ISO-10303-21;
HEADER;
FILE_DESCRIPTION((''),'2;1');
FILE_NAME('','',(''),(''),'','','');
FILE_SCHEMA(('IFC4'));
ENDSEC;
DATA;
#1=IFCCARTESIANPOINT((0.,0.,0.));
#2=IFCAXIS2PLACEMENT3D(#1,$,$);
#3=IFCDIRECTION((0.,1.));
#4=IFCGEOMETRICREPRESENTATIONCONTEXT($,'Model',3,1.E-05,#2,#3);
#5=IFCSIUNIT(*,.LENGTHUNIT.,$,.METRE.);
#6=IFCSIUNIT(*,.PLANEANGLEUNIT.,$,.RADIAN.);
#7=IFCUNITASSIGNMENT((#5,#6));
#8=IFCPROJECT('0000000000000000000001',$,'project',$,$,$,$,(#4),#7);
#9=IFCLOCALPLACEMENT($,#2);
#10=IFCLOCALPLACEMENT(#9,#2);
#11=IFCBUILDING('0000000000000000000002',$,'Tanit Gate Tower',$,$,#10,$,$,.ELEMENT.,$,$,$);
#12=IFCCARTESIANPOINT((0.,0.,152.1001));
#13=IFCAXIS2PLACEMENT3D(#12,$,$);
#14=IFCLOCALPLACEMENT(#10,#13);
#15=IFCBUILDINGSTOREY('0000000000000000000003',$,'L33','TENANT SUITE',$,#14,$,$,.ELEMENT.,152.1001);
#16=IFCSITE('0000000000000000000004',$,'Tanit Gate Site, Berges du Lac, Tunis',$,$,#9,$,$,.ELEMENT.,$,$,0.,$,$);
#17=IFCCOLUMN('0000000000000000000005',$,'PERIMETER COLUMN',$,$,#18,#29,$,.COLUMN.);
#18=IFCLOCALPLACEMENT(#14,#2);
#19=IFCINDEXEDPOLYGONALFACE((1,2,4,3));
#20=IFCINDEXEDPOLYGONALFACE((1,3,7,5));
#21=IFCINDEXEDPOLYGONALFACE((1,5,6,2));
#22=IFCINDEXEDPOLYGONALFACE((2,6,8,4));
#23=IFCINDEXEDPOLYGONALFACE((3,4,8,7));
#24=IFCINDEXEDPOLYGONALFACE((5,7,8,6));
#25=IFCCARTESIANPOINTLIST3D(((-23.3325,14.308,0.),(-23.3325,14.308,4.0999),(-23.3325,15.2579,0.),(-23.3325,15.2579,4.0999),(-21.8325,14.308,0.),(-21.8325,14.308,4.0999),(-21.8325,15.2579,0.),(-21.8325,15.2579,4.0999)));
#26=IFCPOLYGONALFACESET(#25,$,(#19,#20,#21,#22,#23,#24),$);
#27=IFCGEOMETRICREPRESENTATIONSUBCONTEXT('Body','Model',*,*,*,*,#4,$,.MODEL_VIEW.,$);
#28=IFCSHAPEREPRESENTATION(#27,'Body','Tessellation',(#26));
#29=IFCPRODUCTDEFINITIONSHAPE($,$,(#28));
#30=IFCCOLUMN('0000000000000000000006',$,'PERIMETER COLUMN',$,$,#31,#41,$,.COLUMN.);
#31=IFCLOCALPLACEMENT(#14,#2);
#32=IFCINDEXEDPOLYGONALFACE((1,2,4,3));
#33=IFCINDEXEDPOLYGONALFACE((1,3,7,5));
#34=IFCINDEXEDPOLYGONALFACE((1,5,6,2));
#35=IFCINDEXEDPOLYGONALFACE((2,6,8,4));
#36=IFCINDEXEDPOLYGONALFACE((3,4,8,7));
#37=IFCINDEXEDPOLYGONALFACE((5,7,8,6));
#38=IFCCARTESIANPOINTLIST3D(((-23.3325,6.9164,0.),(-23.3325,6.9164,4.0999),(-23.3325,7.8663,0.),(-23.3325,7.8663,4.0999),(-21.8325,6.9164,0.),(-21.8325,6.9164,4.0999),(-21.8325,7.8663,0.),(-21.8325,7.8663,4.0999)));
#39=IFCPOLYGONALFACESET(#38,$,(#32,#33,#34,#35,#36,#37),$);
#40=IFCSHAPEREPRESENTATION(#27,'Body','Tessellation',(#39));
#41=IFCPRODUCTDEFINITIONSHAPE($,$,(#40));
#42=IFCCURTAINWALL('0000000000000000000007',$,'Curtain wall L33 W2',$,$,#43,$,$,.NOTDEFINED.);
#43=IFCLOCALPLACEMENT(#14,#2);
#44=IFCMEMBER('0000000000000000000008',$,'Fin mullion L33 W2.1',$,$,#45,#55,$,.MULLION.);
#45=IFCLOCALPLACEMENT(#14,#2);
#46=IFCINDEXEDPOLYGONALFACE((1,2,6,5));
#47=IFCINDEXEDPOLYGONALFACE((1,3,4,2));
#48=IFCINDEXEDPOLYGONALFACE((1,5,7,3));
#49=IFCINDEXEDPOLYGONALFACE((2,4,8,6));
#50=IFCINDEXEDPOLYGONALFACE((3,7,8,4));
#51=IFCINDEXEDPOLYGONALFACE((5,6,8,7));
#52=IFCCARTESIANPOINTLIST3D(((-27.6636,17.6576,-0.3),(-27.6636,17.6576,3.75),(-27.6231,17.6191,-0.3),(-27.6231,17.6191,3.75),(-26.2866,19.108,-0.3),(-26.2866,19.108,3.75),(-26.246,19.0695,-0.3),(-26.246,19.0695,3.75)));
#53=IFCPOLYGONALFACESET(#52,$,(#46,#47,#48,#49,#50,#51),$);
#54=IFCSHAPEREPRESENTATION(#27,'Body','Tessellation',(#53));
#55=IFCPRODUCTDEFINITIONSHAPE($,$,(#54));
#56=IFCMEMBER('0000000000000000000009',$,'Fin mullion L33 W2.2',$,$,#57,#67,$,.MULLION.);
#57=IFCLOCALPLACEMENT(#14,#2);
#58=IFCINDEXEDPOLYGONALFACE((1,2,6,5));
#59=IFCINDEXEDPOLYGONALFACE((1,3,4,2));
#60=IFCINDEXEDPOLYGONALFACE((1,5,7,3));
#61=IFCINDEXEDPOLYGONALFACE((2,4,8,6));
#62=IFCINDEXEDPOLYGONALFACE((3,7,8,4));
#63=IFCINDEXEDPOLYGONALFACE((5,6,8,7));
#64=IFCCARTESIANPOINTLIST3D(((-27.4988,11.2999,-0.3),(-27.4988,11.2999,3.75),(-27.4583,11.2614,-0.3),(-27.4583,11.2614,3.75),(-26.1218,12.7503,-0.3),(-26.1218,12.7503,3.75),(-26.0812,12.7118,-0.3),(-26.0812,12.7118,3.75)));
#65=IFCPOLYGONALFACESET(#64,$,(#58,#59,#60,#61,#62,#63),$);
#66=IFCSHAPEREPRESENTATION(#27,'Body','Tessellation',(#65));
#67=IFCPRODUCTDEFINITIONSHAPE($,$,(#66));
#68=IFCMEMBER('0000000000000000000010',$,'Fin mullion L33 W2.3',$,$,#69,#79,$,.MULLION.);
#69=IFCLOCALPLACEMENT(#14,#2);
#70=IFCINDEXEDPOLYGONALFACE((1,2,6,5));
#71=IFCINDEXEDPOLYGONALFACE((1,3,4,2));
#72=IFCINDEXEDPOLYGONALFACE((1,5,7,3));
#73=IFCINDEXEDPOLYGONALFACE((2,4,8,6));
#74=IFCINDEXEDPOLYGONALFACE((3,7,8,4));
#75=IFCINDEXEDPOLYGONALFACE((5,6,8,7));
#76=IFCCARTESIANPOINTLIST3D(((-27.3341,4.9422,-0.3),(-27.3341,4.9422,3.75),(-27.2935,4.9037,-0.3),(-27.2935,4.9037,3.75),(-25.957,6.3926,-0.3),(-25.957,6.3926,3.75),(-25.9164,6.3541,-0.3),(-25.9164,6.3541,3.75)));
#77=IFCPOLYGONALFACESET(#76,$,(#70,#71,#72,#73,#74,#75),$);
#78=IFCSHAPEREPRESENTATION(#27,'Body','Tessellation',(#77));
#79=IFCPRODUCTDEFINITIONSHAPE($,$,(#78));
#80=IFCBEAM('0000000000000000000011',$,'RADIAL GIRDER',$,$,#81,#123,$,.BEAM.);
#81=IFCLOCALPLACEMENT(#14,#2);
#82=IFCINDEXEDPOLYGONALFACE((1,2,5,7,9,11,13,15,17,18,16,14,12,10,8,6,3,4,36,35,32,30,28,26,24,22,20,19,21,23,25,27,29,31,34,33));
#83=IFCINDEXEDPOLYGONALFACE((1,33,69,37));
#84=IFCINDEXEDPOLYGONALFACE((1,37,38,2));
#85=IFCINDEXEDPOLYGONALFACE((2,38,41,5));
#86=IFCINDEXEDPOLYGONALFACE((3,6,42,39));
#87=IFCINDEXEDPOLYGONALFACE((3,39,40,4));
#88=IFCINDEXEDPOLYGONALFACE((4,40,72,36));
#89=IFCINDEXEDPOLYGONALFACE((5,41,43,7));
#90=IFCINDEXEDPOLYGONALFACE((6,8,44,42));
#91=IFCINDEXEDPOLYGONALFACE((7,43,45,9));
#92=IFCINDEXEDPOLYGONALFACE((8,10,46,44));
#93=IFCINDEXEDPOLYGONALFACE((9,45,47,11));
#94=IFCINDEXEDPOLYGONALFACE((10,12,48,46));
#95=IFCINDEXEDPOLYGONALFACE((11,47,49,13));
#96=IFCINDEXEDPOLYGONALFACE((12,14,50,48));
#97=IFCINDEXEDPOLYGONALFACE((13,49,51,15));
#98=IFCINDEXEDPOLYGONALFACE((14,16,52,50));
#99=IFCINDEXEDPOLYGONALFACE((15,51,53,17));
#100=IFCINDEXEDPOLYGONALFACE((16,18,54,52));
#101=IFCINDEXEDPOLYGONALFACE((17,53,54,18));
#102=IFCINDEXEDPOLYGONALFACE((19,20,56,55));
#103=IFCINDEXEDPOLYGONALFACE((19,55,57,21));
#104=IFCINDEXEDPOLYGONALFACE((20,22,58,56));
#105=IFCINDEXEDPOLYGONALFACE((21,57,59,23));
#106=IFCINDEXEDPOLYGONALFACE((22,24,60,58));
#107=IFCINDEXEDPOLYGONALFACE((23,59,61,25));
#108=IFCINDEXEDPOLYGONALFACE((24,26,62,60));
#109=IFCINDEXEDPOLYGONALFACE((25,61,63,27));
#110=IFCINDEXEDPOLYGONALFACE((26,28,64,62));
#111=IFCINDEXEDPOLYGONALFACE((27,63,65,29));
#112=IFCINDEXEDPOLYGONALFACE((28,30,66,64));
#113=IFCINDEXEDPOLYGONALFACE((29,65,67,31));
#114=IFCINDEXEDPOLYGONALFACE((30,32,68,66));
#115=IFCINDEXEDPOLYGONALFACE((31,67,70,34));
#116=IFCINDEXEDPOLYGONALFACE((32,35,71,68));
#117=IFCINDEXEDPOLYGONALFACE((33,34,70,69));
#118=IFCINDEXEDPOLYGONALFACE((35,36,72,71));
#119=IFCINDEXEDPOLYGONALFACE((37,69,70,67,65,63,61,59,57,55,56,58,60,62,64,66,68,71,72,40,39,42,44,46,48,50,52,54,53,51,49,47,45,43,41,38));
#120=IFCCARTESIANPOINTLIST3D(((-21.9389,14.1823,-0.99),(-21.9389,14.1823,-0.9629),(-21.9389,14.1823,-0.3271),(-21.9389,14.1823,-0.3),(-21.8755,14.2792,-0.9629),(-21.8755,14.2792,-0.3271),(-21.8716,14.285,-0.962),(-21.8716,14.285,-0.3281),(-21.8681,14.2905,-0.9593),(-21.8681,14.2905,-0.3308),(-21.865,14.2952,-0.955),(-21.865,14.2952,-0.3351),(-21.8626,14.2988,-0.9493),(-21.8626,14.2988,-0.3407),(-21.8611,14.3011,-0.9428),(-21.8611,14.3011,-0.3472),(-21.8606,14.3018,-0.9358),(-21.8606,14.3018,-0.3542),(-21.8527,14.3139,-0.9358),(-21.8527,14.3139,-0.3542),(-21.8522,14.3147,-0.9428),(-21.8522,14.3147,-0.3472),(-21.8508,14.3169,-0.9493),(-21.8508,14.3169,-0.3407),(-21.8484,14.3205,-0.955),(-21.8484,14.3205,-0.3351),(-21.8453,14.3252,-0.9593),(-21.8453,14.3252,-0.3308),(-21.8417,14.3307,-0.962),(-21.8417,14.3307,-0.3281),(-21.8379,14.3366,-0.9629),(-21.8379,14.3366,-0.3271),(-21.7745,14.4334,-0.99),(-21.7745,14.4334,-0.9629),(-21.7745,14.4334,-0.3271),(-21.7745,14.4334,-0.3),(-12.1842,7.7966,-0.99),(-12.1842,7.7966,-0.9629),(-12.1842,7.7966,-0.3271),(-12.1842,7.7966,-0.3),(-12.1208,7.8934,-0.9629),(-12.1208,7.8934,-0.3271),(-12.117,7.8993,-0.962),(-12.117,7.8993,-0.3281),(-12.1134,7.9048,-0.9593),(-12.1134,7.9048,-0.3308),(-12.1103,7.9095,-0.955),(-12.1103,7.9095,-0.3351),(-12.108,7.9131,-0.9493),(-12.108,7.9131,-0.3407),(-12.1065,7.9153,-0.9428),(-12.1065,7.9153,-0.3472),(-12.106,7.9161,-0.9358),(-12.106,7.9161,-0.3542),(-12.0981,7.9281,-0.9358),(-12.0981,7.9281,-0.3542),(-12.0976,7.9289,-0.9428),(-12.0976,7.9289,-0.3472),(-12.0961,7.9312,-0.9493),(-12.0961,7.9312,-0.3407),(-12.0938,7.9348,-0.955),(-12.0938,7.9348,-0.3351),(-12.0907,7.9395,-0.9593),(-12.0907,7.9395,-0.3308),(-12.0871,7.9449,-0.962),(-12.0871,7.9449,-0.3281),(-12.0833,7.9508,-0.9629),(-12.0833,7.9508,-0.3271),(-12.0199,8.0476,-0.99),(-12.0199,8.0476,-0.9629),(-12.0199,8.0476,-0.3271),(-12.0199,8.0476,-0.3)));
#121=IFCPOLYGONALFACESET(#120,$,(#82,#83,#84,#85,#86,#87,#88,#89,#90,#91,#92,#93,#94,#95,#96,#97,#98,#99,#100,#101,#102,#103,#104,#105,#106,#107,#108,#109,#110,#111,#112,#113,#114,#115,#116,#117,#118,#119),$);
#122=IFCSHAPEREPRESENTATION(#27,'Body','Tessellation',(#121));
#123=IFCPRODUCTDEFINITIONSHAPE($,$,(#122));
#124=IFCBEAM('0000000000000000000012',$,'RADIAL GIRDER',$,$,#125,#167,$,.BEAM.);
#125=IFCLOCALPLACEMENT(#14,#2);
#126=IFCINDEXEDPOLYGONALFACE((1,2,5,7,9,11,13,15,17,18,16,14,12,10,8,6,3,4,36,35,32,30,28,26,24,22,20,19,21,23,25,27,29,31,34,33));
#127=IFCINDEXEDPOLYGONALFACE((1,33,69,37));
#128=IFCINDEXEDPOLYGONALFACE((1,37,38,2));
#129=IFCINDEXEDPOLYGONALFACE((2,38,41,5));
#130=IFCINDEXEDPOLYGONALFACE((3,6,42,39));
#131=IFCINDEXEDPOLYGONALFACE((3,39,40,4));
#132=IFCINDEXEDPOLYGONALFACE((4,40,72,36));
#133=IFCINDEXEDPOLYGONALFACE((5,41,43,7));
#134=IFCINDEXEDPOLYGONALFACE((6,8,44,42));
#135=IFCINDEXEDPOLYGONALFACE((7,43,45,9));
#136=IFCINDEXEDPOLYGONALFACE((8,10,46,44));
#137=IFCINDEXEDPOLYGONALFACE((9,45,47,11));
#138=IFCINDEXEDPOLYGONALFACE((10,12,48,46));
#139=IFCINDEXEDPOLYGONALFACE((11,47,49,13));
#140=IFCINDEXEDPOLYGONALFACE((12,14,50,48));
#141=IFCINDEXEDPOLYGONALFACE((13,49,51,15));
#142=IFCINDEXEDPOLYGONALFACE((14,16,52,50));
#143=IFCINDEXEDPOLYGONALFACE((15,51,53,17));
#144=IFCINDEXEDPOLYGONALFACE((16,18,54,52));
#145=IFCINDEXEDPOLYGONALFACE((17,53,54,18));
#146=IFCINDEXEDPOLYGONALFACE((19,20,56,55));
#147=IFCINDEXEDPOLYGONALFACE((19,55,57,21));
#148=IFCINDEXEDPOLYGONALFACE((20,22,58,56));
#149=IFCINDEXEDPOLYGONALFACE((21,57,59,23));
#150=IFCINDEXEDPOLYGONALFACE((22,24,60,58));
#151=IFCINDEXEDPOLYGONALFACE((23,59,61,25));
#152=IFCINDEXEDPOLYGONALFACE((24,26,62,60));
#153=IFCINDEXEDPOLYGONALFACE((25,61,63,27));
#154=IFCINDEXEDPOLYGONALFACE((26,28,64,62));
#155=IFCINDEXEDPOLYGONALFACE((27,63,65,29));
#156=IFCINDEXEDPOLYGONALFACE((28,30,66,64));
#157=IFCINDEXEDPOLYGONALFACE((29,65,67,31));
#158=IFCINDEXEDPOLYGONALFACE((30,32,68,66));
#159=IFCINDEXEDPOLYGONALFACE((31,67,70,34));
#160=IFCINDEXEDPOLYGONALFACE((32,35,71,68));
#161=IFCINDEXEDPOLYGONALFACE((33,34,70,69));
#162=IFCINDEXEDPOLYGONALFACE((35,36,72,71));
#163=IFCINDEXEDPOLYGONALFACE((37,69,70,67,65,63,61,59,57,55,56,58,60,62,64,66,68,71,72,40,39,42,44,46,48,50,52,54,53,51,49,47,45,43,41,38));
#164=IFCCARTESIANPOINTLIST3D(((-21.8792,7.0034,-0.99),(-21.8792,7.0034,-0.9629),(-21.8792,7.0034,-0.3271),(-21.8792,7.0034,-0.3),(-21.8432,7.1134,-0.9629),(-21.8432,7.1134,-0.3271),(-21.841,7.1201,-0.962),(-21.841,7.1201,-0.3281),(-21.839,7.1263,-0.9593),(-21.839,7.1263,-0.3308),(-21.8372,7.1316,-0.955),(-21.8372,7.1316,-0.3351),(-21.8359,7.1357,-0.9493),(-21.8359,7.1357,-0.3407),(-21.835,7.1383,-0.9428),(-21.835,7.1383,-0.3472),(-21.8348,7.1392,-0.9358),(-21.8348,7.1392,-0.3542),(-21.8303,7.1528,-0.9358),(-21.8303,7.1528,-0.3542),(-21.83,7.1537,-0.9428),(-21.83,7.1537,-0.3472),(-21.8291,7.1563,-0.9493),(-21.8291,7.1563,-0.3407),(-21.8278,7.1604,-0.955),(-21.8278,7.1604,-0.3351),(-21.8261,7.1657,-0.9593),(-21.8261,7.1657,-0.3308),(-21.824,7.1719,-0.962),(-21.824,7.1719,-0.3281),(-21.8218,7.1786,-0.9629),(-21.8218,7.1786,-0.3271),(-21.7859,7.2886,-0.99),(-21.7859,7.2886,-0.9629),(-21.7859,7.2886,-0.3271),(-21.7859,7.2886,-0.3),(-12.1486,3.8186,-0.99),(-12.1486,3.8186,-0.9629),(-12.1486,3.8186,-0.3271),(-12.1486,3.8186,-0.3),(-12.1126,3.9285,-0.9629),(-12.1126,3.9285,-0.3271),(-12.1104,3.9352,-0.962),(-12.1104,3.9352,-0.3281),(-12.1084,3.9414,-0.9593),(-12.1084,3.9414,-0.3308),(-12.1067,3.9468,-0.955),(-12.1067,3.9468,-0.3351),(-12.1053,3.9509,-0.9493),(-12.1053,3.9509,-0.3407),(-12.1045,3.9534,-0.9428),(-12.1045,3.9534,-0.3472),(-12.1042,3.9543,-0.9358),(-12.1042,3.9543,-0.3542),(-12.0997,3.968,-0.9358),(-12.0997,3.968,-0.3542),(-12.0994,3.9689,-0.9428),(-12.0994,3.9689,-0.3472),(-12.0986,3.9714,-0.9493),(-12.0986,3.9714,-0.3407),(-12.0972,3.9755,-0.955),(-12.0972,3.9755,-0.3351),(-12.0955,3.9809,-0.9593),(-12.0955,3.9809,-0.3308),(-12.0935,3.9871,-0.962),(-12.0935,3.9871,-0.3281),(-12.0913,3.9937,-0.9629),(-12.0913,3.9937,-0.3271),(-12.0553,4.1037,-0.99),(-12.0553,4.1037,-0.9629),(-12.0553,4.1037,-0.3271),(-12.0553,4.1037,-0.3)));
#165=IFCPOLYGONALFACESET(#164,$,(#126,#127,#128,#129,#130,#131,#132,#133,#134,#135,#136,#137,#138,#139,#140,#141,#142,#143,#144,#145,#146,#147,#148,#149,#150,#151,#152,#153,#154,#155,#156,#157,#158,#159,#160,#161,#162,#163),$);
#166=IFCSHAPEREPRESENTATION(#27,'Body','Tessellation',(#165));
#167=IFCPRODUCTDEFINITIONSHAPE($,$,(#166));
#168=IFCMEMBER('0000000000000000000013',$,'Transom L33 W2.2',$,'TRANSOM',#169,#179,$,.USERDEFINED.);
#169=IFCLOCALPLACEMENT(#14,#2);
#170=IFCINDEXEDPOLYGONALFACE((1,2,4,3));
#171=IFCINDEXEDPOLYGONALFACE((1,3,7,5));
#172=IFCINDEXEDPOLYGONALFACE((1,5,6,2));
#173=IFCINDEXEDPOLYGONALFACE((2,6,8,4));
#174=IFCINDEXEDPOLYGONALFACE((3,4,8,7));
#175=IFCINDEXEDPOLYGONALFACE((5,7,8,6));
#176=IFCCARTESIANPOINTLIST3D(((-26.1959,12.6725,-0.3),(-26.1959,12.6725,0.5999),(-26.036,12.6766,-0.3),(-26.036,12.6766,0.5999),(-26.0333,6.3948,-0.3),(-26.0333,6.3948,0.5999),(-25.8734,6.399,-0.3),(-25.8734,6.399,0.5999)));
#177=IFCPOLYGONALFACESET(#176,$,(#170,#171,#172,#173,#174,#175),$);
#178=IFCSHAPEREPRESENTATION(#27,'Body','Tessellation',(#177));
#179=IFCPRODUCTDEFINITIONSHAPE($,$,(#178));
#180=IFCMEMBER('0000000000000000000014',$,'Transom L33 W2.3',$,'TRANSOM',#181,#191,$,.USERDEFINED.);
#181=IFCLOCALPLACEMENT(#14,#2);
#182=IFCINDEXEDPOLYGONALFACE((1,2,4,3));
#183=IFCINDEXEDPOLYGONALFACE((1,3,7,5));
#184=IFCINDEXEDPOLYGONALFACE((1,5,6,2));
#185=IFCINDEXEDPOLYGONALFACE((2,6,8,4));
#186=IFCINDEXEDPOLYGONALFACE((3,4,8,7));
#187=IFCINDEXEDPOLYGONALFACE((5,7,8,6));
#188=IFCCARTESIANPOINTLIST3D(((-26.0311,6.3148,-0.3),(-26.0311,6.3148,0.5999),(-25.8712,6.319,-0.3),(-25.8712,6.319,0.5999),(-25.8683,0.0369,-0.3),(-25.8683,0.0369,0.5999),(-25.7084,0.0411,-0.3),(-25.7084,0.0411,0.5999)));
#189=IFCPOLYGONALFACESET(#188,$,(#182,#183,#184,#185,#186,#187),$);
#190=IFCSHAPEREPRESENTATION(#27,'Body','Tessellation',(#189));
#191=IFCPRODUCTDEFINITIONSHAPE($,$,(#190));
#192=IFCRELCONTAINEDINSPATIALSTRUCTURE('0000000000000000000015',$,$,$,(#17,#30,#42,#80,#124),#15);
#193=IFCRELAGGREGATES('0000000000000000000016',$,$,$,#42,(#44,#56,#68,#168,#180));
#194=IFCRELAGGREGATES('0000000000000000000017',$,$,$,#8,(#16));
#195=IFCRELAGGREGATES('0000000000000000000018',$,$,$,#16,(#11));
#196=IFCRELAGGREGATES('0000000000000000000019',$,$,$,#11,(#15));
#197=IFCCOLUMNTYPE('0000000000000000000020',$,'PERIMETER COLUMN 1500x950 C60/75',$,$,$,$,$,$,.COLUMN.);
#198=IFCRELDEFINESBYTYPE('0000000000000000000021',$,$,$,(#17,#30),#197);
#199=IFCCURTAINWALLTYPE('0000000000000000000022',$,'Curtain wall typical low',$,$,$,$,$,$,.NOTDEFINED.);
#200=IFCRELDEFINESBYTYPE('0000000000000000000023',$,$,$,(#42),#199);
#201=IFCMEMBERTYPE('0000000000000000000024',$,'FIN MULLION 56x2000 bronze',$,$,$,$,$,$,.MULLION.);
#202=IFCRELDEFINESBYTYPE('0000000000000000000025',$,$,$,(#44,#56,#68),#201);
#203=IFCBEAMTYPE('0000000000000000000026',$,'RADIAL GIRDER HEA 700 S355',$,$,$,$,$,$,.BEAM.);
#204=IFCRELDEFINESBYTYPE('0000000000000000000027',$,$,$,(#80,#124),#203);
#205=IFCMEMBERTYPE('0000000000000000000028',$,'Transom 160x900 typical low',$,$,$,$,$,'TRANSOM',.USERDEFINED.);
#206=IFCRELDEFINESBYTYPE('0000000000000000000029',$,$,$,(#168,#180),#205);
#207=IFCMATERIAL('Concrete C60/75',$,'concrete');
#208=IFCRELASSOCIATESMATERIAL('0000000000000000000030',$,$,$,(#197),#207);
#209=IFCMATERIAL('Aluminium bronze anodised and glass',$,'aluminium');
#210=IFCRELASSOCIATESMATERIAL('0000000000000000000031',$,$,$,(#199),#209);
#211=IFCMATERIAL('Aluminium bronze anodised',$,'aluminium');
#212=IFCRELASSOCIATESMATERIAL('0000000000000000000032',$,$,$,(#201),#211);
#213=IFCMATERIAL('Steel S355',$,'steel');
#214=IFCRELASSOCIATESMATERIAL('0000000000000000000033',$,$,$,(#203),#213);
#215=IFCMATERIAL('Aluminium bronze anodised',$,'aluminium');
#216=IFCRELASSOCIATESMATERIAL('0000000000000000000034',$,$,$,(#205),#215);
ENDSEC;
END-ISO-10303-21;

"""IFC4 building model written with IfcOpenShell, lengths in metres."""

from ifc_helpers import new_model, si_unit, direction, frame, origin, origin_2d, place, context, subcontext, project, spatial, rectangle, i_section, extrude, material, material_profile, profile_set, type_object, element, aggregate, save


model = new_model("IFC4")

# Units and contexts
model_context = context("Model", 3, precision=1e-05, world=origin(), true_north=direction((0.0, 1.0)))
body_context = subcontext(model_context, "Body", "Model", "MODEL_VIEW")
ifc_project = project(units=[si_unit("LENGTHUNIT", "METRE"), si_unit("PLANEANGLEUNIT", "RADIAN")], contexts=[model_context])

# Site, building, storey
site_placement = place(None, origin())
site = spatial("IfcSite", under=ifc_project, at=site_placement, Name="Tanit Gate Site, Berges du Lac, Tunis", CompositionType="ELEMENT", RefElevation=0.0)
building_placement = place(site_placement, origin())
building = spatial("IfcBuilding", under=site, at=building_placement, Name="Tanit Gate Tower", CompositionType="ELEMENT")
storey_placement = place(building_placement, frame((0.0, 0.0, 152.1001)))
storey = spatial("IfcBuildingStorey", under=building, at=storey_placement, Name="L33", Description="TENANT SUITE", CompositionType="ELEMENT", Elevation=152.1001)

# Columns
ifc_material_1 = material(Name="Concrete C60/75", Category="concrete")
ifc_material_profile_1 = material_profile(ifc_material_1, rectangle(XDim=1.5, YDim=0.95, at=origin_2d()), Name="RC 1500x950")
ifc_profile_set_1 = profile_set([ifc_material_profile_1], Name="Concrete C60/75")
column_type = type_object("IfcColumnType", Name="PERIMETER COLUMN 1500x950 C60/75", PredefinedType="COLUMN", material=ifc_profile_set_1)
for number, where, z_axis, x_axis, name in (
    (1, (-22.5825, 14.783, 0.0), (0.0, 0.0, 1.0), (-1.0, 0.0, 0.0), "PERIMETER COLUMN"),
    (2, (-22.5825, 7.3914, 0.0), (0.0, 0.0, 1.0), (-1.0, 0.0, 0.0), "PERIMETER COLUMN"),
):
    element("IfcColumn", number, at=place(storey_placement, frame(where, z_axis=z_axis, x_axis=x_axis)), inside=storey, type_object=column_type, Name=name, PredefinedType="COLUMN", context=body_context, shape_type="SweptSolid", body=[
        extrude(rectangle(XDim=1.5, YDim=0.95, at=origin_2d()), origin(), (0.0, 0.0, 1.0), 4.0999),
    ])

# Curtain wall, members
ifc_material_2 = material(Name="Aluminium bronze anodised and glass", Category="aluminium")
curtain_wall_type = type_object("IfcCurtainWallType", Name="Curtain wall typical low", PredefinedType="NOTDEFINED", material=ifc_material_2)
curtain_wall_placement = place(storey_placement, origin())
curtain_wall = element("IfcCurtainWall", 3, at=curtain_wall_placement, inside=storey, type_object=curtain_wall_type, Name="Curtain wall L33 W2", PredefinedType="NOTDEFINED")
ifc_material_3 = material(Name="Aluminium bronze anodised", Category="aluminium")
ifc_material_profile_2 = material_profile(ifc_material_3, rectangle(XDim=2.0, YDim=0.0559, at=origin_2d()), Name="56x2000 bronze fin mullion")
ifc_profile_set_2 = profile_set([ifc_material_profile_2], Name="Aluminium bronze anodised")
member_type_1 = type_object("IfcMemberType", Name="FIN MULLION 56x2000 bronze", PredefinedType="MULLION", material=ifc_profile_set_2)
member_1_placement = place(storey_placement, frame((-26.9548, 18.3635, -0.3), z_axis=(0.0, 0.0, 1.0), x_axis=(0.688538, 0.7252, 0.0)))
member_1 = element("IfcMember", 4, at=member_1_placement, type_object=member_type_1, Name="Fin mullion L33 W2.1", PredefinedType="MULLION", context=body_context, shape_type="SweptSolid", body=[
    extrude(rectangle(XDim=2.0, YDim=0.0559, at=origin_2d()), origin(), (0.0, 0.0, 1.0), 4.05),
])
member_2_placement = place(storey_placement, frame((-26.79, 12.0059, -0.3), z_axis=(0.0, 0.0, 1.0), x_axis=(0.688538, 0.7252, 0.0)))
member_2 = element("IfcMember", 5, at=member_2_placement, type_object=member_type_1, Name="Fin mullion L33 W2.2", PredefinedType="MULLION", context=body_context, shape_type="SweptSolid", body=[
    extrude(rectangle(XDim=2.0, YDim=0.0559, at=origin_2d()), origin(), (0.0, 0.0, 1.0), 4.05),
])
member_3_placement = place(storey_placement, frame((-26.6252, 5.6482, -0.3), z_axis=(0.0, 0.0, 1.0), x_axis=(0.688538, 0.7252, 0.0)))
member_3 = element("IfcMember", 6, at=member_3_placement, type_object=member_type_1, Name="Fin mullion L33 W2.3", PredefinedType="MULLION", context=body_context, shape_type="SweptSolid", body=[
    extrude(rectangle(XDim=2.0, YDim=0.0559, at=origin_2d()), origin(), (0.0, 0.0, 1.0), 4.05),
])

# Beams
ifc_material_4 = material(Name="Steel S355", Category="steel")
ifc_material_profile_3 = material_profile(ifc_material_4, i_section(OverallWidth=0.3, OverallDepth=0.6899, WebThickness=0.0144, FlangeThickness=0.0271, FilletRadius=0.0271, at=origin_2d()), Name="HEA 700")
ifc_profile_set_3 = profile_set([ifc_material_profile_3], Name="Steel S355")
beam_type = type_object("IfcBeamType", Name="RADIAL GIRDER HEA 700 S355", PredefinedType="BEAM", material=ifc_profile_set_3)
beam_1_placement = place(storey_placement, frame((-21.8567, 14.3079, -0.645), z_axis=(0.836667, -0.547712, 0.0), x_axis=(0.547712, 0.836667, 0.0)))
element("IfcBeam", 7, at=beam_1_placement, inside=storey, type_object=beam_type, Name="RADIAL GIRDER", PredefinedType="BEAM", context=body_context, shape_type="SweptSolid", body=[
    extrude(i_section(OverallWidth=0.3, OverallDepth=0.6899, WebThickness=0.0144, FlangeThickness=0.0271, FilletRadius=0.0271, at=origin_2d()), origin(), (0.0, 0.0, 1.0), 11.6589),
])
beam_2_placement = place(storey_placement, frame((-21.8325, 7.146, -0.645), z_axis=(0.950389, -0.311065, 0.0), x_axis=(0.311065, 0.950389, 0.0)))
element("IfcBeam", 8, at=beam_2_placement, inside=storey, type_object=beam_type, Name="RADIAL GIRDER", PredefinedType="BEAM", context=body_context, shape_type="SweptSolid", body=[
    extrude(i_section(OverallWidth=0.3, OverallDepth=0.6899, WebThickness=0.0144, FlangeThickness=0.0271, FilletRadius=0.0271, at=origin_2d()), origin(), (0.0, 0.0, 1.0), 10.2385),
])

# Members
ifc_material_5 = material(Name="Aluminium bronze anodised", Category="aluminium")
ifc_material_profile_4 = material_profile(ifc_material_5, rectangle(XDim=0.1599, YDim=0.8999, at=origin_2d()), Name="160x900 bronze transom")
ifc_profile_set_4 = profile_set([ifc_material_profile_4], Name="Aluminium bronze anodised")
member_type_2 = type_object("IfcMemberType", Name="Transom 160x900 typical low", ElementType="TRANSOM", PredefinedType="USERDEFINED", material=ifc_profile_set_4)
member_4_placement = place(storey_placement, frame((-26.116, 12.6746, 0.1499), z_axis=(0.025893, -0.999665, 0.0), x_axis=(0.999665, 0.025893, 0.0)))
member_4 = element("IfcMember", 9, at=member_4_placement, type_object=member_type_2, Name="Transom L33 W2.2", ObjectType="TRANSOM", PredefinedType="USERDEFINED", context=body_context, shape_type="SweptSolid", body=[
    extrude(rectangle(XDim=0.1599, YDim=0.8999, at=origin_2d()), origin(), (0.0, 0.0, 1.0), 6.2798),
])
member_5_placement = place(storey_placement, frame((-25.9512, 6.3169, 0.1499), z_axis=(0.02593, -0.999664, 0.0), x_axis=(0.999664, 0.02593, 0.0)))
member_5 = element("IfcMember", 10, at=member_5_placement, type_object=member_type_2, Name="Transom L33 W2.3", ObjectType="TRANSOM", PredefinedType="USERDEFINED", context=body_context, shape_type="SweptSolid", body=[
    extrude(rectangle(XDim=0.1599, YDim=0.8999, at=origin_2d()), origin(), (0.0, 0.0, 1.0), 6.28),
])

aggregate(curtain_wall, [member_1, member_2, member_3, member_4, member_5])

save(model, "model.ifc")
